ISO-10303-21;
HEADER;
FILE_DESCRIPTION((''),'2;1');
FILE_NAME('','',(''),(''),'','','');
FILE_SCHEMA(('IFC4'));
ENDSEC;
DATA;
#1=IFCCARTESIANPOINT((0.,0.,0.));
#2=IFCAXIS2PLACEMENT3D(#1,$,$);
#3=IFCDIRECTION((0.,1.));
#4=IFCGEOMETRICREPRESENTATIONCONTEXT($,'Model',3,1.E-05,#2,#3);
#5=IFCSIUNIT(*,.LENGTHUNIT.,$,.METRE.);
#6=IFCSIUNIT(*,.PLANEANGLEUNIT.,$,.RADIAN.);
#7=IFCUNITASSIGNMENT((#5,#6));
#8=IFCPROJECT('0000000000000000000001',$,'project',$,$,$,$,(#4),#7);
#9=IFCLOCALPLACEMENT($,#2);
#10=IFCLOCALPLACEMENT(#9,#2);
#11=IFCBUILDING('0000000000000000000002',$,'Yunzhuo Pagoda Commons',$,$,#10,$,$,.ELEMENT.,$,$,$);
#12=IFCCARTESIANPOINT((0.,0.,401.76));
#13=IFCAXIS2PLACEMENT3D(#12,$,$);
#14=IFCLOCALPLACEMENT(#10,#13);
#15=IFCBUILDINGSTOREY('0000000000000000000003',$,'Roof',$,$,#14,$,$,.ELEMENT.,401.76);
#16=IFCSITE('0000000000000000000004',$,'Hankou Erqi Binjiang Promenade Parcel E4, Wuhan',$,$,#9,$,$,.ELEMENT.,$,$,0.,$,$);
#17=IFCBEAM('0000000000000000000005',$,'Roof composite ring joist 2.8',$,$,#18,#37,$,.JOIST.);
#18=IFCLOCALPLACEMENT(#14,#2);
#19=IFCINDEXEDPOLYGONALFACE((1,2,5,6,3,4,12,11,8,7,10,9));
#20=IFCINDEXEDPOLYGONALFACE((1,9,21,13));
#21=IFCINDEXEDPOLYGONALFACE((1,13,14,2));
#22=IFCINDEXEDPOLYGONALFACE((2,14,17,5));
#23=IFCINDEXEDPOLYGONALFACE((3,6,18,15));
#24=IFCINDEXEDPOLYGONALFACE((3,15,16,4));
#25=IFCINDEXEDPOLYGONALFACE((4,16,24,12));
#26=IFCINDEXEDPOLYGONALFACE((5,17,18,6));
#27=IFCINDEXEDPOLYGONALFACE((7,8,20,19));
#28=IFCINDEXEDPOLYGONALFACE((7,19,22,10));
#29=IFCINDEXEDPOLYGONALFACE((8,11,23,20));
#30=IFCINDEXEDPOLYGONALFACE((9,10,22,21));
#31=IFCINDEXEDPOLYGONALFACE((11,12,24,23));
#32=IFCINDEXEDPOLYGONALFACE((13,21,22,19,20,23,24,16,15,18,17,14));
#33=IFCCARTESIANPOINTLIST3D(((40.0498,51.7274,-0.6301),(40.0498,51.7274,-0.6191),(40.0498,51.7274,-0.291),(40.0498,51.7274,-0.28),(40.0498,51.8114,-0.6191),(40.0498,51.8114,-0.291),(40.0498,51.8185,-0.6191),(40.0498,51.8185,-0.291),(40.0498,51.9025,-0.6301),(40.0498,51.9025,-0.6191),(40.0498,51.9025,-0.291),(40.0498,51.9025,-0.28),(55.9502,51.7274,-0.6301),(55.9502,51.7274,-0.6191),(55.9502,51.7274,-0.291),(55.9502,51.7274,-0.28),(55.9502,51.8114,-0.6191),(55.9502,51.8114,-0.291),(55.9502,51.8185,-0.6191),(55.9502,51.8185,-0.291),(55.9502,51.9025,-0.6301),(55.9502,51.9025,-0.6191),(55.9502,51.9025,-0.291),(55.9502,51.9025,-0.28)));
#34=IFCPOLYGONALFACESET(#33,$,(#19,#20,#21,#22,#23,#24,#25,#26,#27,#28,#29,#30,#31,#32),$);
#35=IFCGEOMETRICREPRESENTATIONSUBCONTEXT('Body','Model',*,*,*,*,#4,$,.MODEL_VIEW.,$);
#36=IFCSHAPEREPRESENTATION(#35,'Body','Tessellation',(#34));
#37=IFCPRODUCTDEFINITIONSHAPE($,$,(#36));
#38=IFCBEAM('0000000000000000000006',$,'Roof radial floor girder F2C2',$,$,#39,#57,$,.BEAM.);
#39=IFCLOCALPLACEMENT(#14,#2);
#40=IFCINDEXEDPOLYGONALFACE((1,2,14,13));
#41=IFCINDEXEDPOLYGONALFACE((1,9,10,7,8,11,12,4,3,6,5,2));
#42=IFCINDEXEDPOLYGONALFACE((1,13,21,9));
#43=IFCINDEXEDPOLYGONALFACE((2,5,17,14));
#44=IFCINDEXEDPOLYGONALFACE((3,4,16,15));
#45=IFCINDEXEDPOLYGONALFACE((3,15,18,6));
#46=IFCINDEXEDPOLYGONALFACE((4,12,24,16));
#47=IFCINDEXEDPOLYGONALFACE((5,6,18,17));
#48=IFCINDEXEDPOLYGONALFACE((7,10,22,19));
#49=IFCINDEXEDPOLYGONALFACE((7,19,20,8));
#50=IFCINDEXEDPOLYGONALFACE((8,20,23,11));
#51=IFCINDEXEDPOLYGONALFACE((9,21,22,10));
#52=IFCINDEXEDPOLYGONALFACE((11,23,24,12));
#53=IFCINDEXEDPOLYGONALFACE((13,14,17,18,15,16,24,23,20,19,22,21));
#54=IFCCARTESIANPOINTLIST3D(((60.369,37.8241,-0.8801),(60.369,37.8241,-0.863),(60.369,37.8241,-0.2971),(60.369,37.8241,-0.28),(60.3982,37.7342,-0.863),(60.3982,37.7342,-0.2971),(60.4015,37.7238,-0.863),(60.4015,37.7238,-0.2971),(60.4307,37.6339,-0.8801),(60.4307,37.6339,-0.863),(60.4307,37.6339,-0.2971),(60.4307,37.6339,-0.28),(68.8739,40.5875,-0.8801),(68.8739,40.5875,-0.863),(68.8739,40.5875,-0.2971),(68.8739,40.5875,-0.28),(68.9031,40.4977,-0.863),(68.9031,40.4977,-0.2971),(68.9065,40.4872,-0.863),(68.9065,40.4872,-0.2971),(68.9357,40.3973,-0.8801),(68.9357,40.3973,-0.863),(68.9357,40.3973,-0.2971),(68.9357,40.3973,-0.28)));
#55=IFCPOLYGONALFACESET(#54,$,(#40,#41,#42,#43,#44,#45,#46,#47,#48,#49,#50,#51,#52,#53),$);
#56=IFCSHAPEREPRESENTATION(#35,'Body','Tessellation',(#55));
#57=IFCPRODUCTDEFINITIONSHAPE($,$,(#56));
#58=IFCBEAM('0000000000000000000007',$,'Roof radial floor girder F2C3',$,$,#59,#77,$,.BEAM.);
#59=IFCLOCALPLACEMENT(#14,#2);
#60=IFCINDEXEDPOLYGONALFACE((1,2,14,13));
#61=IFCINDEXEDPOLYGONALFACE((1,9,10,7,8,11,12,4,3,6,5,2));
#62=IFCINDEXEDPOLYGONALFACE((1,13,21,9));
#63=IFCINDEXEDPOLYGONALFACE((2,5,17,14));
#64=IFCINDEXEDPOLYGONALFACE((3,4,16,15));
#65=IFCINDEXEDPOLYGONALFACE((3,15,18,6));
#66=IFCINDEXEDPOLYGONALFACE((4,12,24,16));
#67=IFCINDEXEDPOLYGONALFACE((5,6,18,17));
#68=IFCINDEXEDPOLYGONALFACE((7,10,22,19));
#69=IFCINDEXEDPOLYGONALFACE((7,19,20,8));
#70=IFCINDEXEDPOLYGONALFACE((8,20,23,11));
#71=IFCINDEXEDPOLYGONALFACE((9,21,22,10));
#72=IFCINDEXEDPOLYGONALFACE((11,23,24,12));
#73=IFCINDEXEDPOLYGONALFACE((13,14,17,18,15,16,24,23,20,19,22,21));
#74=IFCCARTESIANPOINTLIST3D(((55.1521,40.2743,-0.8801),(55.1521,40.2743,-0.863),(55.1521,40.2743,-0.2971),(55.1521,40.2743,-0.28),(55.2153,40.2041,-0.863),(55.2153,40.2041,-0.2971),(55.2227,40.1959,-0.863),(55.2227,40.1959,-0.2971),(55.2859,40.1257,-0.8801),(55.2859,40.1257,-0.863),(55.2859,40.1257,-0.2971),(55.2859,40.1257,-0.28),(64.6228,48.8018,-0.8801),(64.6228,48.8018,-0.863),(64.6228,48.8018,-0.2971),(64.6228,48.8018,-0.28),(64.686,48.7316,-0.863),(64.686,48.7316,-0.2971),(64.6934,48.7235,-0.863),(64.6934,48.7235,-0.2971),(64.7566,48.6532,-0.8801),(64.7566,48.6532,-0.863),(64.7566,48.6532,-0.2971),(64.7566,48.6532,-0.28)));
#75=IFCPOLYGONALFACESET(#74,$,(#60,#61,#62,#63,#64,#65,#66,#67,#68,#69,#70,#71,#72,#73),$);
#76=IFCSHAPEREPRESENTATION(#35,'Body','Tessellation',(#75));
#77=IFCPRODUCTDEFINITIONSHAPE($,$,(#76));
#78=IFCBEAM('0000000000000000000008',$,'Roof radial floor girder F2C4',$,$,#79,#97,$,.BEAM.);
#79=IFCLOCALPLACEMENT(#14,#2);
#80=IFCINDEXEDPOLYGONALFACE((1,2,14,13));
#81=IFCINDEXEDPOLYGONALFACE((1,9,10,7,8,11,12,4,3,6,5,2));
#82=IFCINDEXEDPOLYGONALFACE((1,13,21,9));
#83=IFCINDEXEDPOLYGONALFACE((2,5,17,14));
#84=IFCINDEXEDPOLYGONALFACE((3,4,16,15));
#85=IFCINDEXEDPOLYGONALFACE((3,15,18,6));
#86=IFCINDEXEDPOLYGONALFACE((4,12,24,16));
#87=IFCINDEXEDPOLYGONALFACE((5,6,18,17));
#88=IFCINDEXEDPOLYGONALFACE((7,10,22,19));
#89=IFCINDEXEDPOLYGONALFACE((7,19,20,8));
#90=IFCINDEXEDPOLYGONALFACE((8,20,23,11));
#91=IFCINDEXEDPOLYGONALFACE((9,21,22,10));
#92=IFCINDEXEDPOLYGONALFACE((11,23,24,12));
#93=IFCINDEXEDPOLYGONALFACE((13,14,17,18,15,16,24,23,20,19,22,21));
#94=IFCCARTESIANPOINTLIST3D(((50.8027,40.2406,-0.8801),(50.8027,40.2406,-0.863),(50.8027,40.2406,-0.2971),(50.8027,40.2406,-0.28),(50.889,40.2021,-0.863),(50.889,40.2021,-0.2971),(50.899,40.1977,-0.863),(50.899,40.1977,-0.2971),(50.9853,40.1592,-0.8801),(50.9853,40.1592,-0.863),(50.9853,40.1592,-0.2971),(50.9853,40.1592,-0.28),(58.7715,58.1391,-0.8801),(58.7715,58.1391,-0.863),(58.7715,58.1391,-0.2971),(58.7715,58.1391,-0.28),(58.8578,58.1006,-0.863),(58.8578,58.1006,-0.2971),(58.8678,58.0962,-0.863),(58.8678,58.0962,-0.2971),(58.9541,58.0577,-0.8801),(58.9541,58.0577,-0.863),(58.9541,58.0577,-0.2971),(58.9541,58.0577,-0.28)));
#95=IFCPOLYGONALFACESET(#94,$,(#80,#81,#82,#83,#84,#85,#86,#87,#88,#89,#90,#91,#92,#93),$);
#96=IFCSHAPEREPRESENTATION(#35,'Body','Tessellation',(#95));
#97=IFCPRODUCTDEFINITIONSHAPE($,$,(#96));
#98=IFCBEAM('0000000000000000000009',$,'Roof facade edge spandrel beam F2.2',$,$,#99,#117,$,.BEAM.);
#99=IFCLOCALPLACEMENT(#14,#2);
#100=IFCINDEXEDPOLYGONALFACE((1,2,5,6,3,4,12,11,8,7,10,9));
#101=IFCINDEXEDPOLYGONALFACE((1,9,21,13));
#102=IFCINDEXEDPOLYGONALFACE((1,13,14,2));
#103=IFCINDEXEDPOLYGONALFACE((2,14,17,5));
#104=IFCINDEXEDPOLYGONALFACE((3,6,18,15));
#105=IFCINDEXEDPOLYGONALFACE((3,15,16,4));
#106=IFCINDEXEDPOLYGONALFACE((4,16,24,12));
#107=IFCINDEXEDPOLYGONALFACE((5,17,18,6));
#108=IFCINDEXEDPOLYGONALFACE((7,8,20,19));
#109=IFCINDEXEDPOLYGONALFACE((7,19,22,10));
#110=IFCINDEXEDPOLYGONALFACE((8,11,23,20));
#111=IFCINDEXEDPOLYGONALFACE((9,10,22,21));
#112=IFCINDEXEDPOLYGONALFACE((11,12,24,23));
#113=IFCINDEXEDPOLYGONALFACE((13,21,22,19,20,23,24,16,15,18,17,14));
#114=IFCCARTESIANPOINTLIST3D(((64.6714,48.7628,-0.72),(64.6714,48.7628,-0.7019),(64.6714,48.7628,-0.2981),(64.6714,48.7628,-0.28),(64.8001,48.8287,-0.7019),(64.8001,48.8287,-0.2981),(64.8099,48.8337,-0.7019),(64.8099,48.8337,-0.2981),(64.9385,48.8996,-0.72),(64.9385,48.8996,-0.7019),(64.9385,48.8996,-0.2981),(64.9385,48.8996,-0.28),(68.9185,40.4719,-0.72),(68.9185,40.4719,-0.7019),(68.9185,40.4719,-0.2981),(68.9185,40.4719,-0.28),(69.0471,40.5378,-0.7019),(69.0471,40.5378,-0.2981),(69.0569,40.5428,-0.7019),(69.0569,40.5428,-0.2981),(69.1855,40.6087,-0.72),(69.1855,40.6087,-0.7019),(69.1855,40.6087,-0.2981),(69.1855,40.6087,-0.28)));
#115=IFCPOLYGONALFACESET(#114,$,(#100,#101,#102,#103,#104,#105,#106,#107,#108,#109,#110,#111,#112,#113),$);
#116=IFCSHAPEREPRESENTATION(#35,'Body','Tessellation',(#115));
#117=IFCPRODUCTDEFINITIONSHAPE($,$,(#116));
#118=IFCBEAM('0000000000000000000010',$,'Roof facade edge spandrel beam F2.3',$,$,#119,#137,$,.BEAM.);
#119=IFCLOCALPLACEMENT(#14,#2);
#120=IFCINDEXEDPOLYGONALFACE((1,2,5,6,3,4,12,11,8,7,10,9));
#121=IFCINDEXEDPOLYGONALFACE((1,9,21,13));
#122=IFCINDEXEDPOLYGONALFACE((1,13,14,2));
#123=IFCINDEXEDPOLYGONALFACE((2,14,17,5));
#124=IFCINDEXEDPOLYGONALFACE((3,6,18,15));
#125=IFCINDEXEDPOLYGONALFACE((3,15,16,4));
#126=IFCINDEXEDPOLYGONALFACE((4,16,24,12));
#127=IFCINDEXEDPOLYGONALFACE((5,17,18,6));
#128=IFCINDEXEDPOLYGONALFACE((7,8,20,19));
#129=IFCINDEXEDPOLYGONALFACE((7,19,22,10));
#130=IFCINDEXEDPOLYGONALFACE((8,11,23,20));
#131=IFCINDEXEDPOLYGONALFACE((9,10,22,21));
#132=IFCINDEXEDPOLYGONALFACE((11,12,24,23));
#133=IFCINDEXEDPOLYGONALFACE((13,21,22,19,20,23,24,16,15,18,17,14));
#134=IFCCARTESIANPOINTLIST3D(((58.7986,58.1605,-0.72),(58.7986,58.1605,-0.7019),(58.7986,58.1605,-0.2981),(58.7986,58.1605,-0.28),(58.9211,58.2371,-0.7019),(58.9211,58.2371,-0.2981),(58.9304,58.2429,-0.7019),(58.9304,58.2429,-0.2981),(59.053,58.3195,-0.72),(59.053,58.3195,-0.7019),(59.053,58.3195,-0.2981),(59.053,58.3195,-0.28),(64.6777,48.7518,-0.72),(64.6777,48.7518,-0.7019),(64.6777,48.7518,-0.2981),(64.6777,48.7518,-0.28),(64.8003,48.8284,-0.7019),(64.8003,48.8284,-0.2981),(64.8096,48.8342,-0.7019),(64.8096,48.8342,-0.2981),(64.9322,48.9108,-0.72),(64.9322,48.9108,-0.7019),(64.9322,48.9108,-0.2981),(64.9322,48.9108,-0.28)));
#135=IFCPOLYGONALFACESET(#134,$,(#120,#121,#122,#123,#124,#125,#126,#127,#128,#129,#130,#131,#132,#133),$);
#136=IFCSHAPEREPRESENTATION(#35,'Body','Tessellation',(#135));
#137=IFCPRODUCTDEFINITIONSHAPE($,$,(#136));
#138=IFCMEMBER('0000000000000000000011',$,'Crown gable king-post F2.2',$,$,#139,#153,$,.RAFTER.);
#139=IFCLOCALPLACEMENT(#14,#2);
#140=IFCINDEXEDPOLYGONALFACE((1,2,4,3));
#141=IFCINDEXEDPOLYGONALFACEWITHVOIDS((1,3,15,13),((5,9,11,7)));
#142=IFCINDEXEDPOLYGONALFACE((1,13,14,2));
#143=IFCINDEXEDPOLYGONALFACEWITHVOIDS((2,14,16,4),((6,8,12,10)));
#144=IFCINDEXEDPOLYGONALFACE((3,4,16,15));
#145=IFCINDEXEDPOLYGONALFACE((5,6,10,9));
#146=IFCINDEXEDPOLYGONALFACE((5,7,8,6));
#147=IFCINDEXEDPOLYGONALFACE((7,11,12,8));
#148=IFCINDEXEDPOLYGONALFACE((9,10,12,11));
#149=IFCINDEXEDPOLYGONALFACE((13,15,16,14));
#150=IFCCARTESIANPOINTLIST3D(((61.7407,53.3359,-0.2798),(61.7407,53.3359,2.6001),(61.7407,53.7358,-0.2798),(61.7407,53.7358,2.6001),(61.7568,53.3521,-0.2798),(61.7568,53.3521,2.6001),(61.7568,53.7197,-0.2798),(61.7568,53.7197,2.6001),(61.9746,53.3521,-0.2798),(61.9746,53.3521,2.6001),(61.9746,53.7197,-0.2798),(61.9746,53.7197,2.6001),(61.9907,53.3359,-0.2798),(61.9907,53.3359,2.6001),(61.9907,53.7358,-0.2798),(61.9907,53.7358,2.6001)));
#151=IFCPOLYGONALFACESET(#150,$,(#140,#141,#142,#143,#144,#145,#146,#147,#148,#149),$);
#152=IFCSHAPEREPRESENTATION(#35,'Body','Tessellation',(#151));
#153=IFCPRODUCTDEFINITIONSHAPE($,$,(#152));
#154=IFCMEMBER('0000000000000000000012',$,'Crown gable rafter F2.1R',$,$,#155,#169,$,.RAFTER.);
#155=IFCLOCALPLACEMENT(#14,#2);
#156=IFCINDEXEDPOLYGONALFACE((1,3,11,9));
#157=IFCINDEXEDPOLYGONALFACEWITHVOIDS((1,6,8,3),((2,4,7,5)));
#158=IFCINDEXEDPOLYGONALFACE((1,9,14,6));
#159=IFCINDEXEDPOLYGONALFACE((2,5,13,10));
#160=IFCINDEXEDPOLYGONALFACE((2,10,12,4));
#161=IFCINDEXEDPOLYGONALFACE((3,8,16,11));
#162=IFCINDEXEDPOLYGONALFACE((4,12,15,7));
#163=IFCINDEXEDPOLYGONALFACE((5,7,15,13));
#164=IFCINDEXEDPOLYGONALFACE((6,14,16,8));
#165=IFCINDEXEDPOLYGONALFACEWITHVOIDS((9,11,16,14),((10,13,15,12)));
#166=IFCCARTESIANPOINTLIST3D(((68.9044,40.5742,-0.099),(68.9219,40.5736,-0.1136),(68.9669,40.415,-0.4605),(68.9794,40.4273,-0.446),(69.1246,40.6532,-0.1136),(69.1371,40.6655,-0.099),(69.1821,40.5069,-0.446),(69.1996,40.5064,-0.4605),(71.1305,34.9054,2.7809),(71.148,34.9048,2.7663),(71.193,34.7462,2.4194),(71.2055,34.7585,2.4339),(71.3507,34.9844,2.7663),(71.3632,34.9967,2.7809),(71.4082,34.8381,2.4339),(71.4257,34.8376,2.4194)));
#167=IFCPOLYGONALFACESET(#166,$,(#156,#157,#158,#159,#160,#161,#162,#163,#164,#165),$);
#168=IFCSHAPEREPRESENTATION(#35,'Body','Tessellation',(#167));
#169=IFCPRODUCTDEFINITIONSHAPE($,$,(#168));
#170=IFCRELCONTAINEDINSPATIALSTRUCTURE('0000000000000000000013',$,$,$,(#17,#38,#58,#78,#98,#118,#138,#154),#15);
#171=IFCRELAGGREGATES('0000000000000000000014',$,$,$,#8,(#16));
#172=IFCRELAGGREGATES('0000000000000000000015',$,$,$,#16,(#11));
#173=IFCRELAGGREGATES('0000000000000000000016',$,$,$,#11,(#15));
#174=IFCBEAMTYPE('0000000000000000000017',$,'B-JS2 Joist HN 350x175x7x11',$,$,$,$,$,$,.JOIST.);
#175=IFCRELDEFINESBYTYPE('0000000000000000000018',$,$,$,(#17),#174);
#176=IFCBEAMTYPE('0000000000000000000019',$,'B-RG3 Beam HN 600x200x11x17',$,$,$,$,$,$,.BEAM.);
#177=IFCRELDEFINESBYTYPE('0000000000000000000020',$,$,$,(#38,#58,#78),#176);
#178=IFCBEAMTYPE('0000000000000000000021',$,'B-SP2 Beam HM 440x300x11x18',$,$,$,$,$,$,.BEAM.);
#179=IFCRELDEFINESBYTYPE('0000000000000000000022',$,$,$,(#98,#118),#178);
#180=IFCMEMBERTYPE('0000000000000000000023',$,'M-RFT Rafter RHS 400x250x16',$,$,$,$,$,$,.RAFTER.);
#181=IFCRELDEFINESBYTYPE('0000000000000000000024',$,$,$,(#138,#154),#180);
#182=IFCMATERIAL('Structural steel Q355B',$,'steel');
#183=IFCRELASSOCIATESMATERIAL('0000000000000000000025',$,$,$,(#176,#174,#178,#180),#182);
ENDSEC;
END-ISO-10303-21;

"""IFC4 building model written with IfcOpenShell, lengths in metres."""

from ifc_helpers import new_model, si_unit, direction, frame, origin, origin_2d, place, context, subcontext, project, spatial, hollow_rectangle, i_section, extrude, source, transform, mapped, material, material_profile, profile_set, type_object, element, save


model = new_model("IFC4")

# Units and contexts
model_context = context("Model", 3, precision=1e-05, world=origin(), true_north=direction((0.0, 1.0)))
body_context = subcontext(model_context, "Body", "Model", "MODEL_VIEW")
ifc_project = project(units=[si_unit("LENGTHUNIT", "METRE"), si_unit("PLANEANGLEUNIT", "RADIAN")], contexts=[model_context])

# Site, building, storey
site_placement = place(None, origin())
site = spatial("IfcSite", under=ifc_project, at=site_placement, Name="Hankou Erqi Binjiang Promenade Parcel E4, Wuhan", CompositionType="ELEMENT", RefElevation=0.0)
building_placement = place(site_placement, origin())
building = spatial("IfcBuilding", under=site, at=building_placement, Name="Yunzhuo Pagoda Commons", CompositionType="ELEMENT")
storey_placement = place(building_placement, frame((0.0, 0.0, 401.76)))
storey = spatial("IfcBuildingStorey", under=building, at=storey_placement, Name="Roof", CompositionType="ELEMENT", Elevation=401.76)

# Beams
ifc_material_1 = material(Name="Structural steel Q355B", Category="steel")
ifc_material_profile_1 = material_profile(ifc_material_1, i_section(OverallWidth=0.2, OverallDepth=0.6001, WebThickness=0.011, FlangeThickness=0.0171, at=origin_2d()), Name="Structural steel Q355B")
ifc_profile_set_1 = profile_set([ifc_material_profile_1], Name="Structural steel Q355B")
beam_type_1 = type_object("IfcBeamType", Name="B-RG3 Beam HN 600x200x11x17", PredefinedType="BEAM", material=ifc_profile_set_1)
ifc_material_profile_2 = material_profile(ifc_material_1, i_section(OverallWidth=0.175, OverallDepth=0.3501, WebThickness=0.0071, FlangeThickness=0.011, at=origin_2d()), Name="Structural steel Q355B")
ifc_profile_set_2 = profile_set([ifc_material_profile_2], Name="Structural steel Q355B")
beam_type_2 = type_object("IfcBeamType", Name="B-JS2 Joist HN 350x175x7x11", PredefinedType="JOIST", material=ifc_profile_set_2)
shared_shape_1 = source(origin(), body_context, "Body", "SweptSolid", [
    extrude(i_section(OverallWidth=0.175, OverallDepth=0.3501, WebThickness=0.0071, FlangeThickness=0.011, at=origin_2d()), origin(), (0.0, 0.0, 1.0), 15.9004),
])
beam_1_placement = place(storey_placement, frame((55.9502, 51.8149, -0.4551), z_axis=(-1.0, 0.0, 0.0), x_axis=(0.0, -1.0, 0.0)))
element("IfcBeam", 1, at=beam_1_placement, inside=storey, type_object=beam_type_2, Name="Roof composite ring joist 2.8", PredefinedType="JOIST", context=body_context, shape_type="MappedRepresentation", body=[
    mapped(shared_shape_1, transform((0.0, 0.0, 0.0), scale=1.0)),
])
shared_shape_2 = source(origin(), body_context, "Body", "SweptSolid", [
    extrude(i_section(OverallWidth=0.2, OverallDepth=0.6001, WebThickness=0.011, FlangeThickness=0.0171, at=origin_2d()), origin(), (0.0, 0.0, 1.0), 8.9426),
])
beam_2_placement = place(storey_placement, frame((68.9048, 40.4924, -0.5801), z_axis=(-0.951056, -0.309019, 0.0), x_axis=(0.309019, -0.951056, 0.0)))
element("IfcBeam", 2, at=beam_2_placement, inside=storey, type_object=beam_type_1, Name="Roof radial floor girder F2C2", PredefinedType="BEAM", context=body_context, shape_type="MappedRepresentation", body=[
    mapped(shared_shape_2, transform((0.0, 0.0, 0.0), scale=1.0)),
])
shared_shape_3 = source(origin(), body_context, "Body", "SweptSolid", [
    extrude(i_section(OverallWidth=0.2, OverallDepth=0.6001, WebThickness=0.011, FlangeThickness=0.0171, at=origin_2d()), origin(), (0.0, 0.0, 1.0), 12.7441),
])
beam_3_placement = place(storey_placement, frame((64.6897, 48.7275, -0.5801), z_axis=(-0.74314, -0.669136, 0.0), x_axis=(0.669136, -0.74314, 0.0)))
element("IfcBeam", 3, at=beam_3_placement, inside=storey, type_object=beam_type_1, Name="Roof radial floor girder F2C3", PredefinedType="BEAM", context=body_context, shape_type="MappedRepresentation", body=[
    mapped(shared_shape_3, transform((0.0, 0.0, 0.0), scale=1.0)),
])
shared_shape_4 = source(origin(), body_context, "Body", "SweptSolid", [
    extrude(i_section(OverallWidth=0.2, OverallDepth=0.6001, WebThickness=0.011, FlangeThickness=0.0171, at=origin_2d()), origin(), (0.0, 0.0, 1.0), 19.5923),
])
beam_4_placement = place(storey_placement, frame((58.8628, 58.0984, -0.5801), z_axis=(-0.40673, -0.913548, 0.0), x_axis=(0.913548, -0.40673, 0.0)))
element("IfcBeam", 4, at=beam_4_placement, inside=storey, type_object=beam_type_1, Name="Roof radial floor girder F2C4", PredefinedType="BEAM", context=body_context, shape_type="MappedRepresentation", body=[
    mapped(shared_shape_4, transform((0.0, 0.0, 0.0), scale=1.0)),
])
ifc_material_profile_3 = material_profile(ifc_material_1, i_section(OverallWidth=0.3, OverallDepth=0.4399, WebThickness=0.011, FlangeThickness=0.0181, at=origin_2d()), Name="Structural steel Q355B")
ifc_profile_set_3 = profile_set([ifc_material_profile_3], Name="Structural steel Q355B")
beam_type_3 = type_object("IfcBeamType", Name="B-SP2 Beam HM 440x300x11x18", PredefinedType="BEAM", material=ifc_profile_set_3)
shared_shape_5 = source(origin(), body_context, "Body", "SweptSolid", [
    extrude(i_section(OverallWidth=0.3, OverallDepth=0.4399, WebThickness=0.011, FlangeThickness=0.0181, at=origin_2d()), origin(), (0.0, 0.0, 1.0), 9.3154),
])
beam_5_placement = place(storey_placement, frame((69.052, 40.5403, -0.5), z_axis=(-0.455914, 0.890024, 0.0), x_axis=(-0.890024, -0.455914, 0.0)))
element("IfcBeam", 5, at=beam_5_placement, inside=storey, type_object=beam_type_3, Name="Roof facade edge spandrel beam F2.2", PredefinedType="BEAM", context=body_context, shape_type="MappedRepresentation", body=[
    mapped(shared_shape_5, transform((0.0, 0.0, 0.0), scale=1.0)),
])
shared_shape_6 = source(origin(), body_context, "Body", "SweptSolid", [
    extrude(i_section(OverallWidth=0.3, OverallDepth=0.4399, WebThickness=0.011, FlangeThickness=0.0181, at=origin_2d()), origin(), (0.0, 0.0, 1.0), 11.0945),
])
beam_6_placement = place(storey_placement, frame((64.8049, 48.8313, -0.5), z_axis=(-0.529916, 0.84805, 0.0), x_axis=(-0.84805, -0.529916, 0.0)))
element("IfcBeam", 6, at=beam_6_placement, inside=storey, type_object=beam_type_3, Name="Roof facade edge spandrel beam F2.3", PredefinedType="BEAM", context=body_context, shape_type="MappedRepresentation", body=[
    mapped(shared_shape_6, transform((0.0, 0.0, 0.0), scale=1.0)),
])

# Members
ifc_material_profile_4 = material_profile(ifc_material_1, hollow_rectangle(XDim=0.25, YDim=0.3999, WallThickness=0.0161, at=origin_2d()), Name="Structural steel Q355B")
ifc_profile_set_4 = profile_set([ifc_material_profile_4], Name="Structural steel Q355B")
member_type_1 = type_object("IfcMemberType", Name="M-RFT Rafter RHS 400x250x16", PredefinedType="RAFTER", material=ifc_profile_set_4)
shared_shape_7 = source(origin(), body_context, "Body", "SweptSolid", [
    extrude(hollow_rectangle(XDim=0.25, YDim=0.3999, WallThickness=0.0161, at=origin_2d()), origin(), (0.0, 0.0, 1.0), 2.8799),
])
member_1_placement = place(storey_placement, frame((61.8657, 53.5359, -0.2798), z_axis=(0.0, 0.0, 1.0), x_axis=(1.0, 0.0, 0.0)))
element("IfcMember", 7, at=member_1_placement, inside=storey, type_object=member_type_1, Name="Crown gable king-post F2.2", PredefinedType="RAFTER", context=body_context, shape_type="MappedRepresentation", body=[
    mapped(shared_shape_7, transform((0.0, 0.0, 0.0), scale=1.0)),
])
shared_shape_8 = source(origin(), body_context, "Body", "SweptSolid", [
    extrude(hollow_rectangle(XDim=0.25, YDim=0.3999, WallThickness=0.0161, at=origin_2d()), origin(), (0.0, 0.0, 1.0), 6.7368),
])
member_2_placement = place(storey_placement, frame((69.052, 40.5403, -0.2798), z_axis=(0.330439, -0.841464, 0.427491), x_axis=(0.930803, 0.365522, 0.0)))
element("IfcMember", 8, at=member_2_placement, inside=storey, type_object=member_type_1, Name="Crown gable rafter F2.1R", PredefinedType="RAFTER", context=body_context, shape_type="MappedRepresentation", body=[
    mapped(shared_shape_8, transform((0.0, 0.0, 0.0), scale=1.0)),
])

save(model, "model.ifc")
